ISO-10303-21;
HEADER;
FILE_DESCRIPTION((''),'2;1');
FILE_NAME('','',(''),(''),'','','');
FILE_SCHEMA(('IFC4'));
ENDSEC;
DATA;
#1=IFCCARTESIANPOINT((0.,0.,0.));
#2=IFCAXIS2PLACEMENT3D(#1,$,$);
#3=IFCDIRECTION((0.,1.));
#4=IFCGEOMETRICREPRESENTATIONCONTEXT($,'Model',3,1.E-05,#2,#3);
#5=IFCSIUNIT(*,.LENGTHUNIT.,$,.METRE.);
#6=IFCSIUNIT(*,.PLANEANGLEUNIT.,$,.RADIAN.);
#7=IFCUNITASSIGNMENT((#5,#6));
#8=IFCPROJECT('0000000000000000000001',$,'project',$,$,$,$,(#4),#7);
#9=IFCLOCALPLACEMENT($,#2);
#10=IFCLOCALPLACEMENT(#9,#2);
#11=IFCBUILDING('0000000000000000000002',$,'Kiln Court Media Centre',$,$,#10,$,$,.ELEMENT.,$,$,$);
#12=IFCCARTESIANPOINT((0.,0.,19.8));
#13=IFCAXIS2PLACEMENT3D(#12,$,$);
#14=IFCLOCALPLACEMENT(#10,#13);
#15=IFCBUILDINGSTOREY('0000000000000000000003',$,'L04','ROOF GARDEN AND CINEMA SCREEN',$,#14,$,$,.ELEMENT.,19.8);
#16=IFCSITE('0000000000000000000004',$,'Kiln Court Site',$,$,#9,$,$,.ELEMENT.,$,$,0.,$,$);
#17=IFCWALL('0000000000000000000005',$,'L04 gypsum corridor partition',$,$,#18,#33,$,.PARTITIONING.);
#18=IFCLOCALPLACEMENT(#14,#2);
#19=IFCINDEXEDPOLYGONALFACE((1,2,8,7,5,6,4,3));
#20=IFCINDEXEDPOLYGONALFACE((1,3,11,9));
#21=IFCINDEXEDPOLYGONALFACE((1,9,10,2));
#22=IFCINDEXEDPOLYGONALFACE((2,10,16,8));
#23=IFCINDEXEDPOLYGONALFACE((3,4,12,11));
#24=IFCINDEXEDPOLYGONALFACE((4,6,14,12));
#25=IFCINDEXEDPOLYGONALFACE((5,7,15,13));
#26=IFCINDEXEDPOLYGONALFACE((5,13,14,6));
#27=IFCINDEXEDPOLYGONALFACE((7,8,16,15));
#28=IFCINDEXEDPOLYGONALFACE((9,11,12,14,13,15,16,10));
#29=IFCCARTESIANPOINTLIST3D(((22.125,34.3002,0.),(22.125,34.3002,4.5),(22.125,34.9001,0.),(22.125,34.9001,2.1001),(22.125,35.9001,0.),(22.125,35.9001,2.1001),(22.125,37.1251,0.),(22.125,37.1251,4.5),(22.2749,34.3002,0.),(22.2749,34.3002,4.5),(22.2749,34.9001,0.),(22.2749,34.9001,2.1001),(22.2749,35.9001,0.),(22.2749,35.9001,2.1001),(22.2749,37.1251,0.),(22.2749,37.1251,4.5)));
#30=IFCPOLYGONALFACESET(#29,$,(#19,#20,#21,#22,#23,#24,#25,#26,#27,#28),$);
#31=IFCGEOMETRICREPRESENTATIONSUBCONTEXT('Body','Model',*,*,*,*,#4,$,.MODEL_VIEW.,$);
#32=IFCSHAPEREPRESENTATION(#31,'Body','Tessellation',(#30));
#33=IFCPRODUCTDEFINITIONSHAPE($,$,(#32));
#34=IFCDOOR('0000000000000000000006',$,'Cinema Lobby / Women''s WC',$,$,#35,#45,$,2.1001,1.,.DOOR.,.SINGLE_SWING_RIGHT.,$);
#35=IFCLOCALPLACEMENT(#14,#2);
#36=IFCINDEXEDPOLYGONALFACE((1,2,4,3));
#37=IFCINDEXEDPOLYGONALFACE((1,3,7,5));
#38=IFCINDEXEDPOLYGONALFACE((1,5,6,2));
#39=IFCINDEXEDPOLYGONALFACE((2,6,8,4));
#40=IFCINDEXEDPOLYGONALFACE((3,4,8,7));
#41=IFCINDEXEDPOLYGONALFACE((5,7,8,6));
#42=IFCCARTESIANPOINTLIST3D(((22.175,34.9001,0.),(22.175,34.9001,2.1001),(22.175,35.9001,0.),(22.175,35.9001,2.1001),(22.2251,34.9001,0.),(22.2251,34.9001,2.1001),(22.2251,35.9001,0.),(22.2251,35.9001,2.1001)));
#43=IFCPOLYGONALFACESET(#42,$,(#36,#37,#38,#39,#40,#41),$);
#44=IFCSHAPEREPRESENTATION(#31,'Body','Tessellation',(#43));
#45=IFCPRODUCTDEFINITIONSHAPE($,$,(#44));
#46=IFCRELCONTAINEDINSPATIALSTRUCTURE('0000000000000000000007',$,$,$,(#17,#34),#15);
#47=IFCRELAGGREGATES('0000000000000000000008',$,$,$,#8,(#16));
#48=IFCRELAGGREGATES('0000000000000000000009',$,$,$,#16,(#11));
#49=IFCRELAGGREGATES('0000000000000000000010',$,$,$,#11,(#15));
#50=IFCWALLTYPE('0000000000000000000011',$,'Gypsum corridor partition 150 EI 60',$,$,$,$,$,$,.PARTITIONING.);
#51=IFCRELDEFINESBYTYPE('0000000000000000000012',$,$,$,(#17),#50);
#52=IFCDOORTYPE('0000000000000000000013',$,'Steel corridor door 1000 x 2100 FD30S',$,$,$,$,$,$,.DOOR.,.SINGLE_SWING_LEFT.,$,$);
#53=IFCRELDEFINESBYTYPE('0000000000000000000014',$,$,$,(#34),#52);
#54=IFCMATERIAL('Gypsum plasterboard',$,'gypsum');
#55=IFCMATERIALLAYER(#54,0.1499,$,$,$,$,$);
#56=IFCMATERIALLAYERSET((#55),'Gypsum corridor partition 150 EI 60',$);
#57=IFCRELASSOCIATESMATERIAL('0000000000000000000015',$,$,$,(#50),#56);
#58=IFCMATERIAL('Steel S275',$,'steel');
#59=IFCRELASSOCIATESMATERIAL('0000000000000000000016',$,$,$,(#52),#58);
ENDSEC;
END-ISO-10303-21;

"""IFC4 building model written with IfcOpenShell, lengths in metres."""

from ifc_helpers import new_model, si_unit, direction, frame, frame_2d, origin, place, context, subcontext, project, spatial, rectangle, extrude, material, layer, layer_set, type_object, element, fill, save


model = new_model("IFC4")

# Units and contexts
model_context = context("Model", 3, precision=1e-05, world=origin(), true_north=direction((0.0, 1.0)))
body_context = subcontext(model_context, "Body", "Model", "MODEL_VIEW")
ifc_project = project(units=[si_unit("LENGTHUNIT", "METRE"), si_unit("PLANEANGLEUNIT", "RADIAN")], contexts=[model_context])

# Site, building, storey
site_placement = place(None, origin())
site = spatial("IfcSite", under=ifc_project, at=site_placement, Name="Kiln Court Site", CompositionType="ELEMENT", RefElevation=0.0)
building_placement = place(site_placement, origin())
building = spatial("IfcBuilding", under=site, at=building_placement, Name="Kiln Court Media Centre", CompositionType="ELEMENT")
storey_placement = place(building_placement, frame((0.0, 0.0, 19.8)))
storey = spatial("IfcBuildingStorey", under=building, at=storey_placement, Name="L04", Description="ROOF GARDEN AND CINEMA SCREEN", CompositionType="ELEMENT", Elevation=19.8)

# Wall, opening, door
ifc_material_1 = material(Name="Gypsum plasterboard", Category="gypsum")
ifc_layer_1 = layer(ifc_material_1, 0.1499)
ifc_layer_set_1 = layer_set([ifc_layer_1], Name="Gypsum corridor partition 150 EI 60")
wall_type_1 = type_object("IfcWallType", Name="Gypsum corridor partition 150 EI 60", PredefinedType="PARTITIONING", material=ifc_layer_set_1)
wall_1_placement = place(storey_placement, frame((22.2, 34.3, 0.0), z_axis=(0.0, 0.0, 1.0), x_axis=(0.0, 1.0, 0.0)))
wall_1 = element("IfcWall", 1, at=wall_1_placement, inside=storey, type_object=wall_type_1, Name="L04 gypsum corridor partition", PredefinedType="PARTITIONING", context=body_context, shape_type="SweptSolid", body=[
    extrude(rectangle(XDim=2.825, YDim=0.1499, at=frame_2d((1.4126, 0.0))), origin(), (0.0, 0.0, 1.0), 4.5),
])
opening_placement = place(wall_1_placement, frame((0.6001, 0.0, 0.0)))
opening = element("IfcOpeningElement", 2, at=opening_placement, cuts=wall_1, PredefinedType="OPENING", context=body_context, shape_type="SweptSolid", body=[
    extrude(rectangle(XDim=1.0, YDim=2.1001, at=frame_2d((0.5, 1.05))), frame((0.0, 0.085, 0.0), z_axis=(0.0, -1.0, 0.0), x_axis=(1.0, 0.0, 0.0)), (0.0, 0.0, 1.0), 0.1699),
])
ifc_material_2 = material(Name="Steel S275", Category="steel")
door_type = type_object("IfcDoorType", Name="Steel corridor door 1000 x 2100 FD30S", OperationType="SINGLE_SWING_LEFT", PredefinedType="DOOR", material=ifc_material_2)
door_placement = place(opening_placement, origin())
door = element("IfcDoor", 3, at=door_placement, inside=storey, type_object=door_type, Name="Cinema Lobby / Women's WC", OperationType="SINGLE_SWING_RIGHT", OverallHeight=2.1001, OverallWidth=1.0, PredefinedType="DOOR", context=body_context, shape_type="SweptSolid", body=[
    extrude(rectangle(XDim=1.0, YDim=2.1001, at=frame_2d((0.5, 1.05))), frame((0.0, 0.0249, 0.0), z_axis=(0.0, -1.0, 0.0), x_axis=(1.0, 0.0, 0.0)), (0.0, 0.0, 1.0), 0.05),
])
fill(opening, door)

save(model, "model.ifc")
